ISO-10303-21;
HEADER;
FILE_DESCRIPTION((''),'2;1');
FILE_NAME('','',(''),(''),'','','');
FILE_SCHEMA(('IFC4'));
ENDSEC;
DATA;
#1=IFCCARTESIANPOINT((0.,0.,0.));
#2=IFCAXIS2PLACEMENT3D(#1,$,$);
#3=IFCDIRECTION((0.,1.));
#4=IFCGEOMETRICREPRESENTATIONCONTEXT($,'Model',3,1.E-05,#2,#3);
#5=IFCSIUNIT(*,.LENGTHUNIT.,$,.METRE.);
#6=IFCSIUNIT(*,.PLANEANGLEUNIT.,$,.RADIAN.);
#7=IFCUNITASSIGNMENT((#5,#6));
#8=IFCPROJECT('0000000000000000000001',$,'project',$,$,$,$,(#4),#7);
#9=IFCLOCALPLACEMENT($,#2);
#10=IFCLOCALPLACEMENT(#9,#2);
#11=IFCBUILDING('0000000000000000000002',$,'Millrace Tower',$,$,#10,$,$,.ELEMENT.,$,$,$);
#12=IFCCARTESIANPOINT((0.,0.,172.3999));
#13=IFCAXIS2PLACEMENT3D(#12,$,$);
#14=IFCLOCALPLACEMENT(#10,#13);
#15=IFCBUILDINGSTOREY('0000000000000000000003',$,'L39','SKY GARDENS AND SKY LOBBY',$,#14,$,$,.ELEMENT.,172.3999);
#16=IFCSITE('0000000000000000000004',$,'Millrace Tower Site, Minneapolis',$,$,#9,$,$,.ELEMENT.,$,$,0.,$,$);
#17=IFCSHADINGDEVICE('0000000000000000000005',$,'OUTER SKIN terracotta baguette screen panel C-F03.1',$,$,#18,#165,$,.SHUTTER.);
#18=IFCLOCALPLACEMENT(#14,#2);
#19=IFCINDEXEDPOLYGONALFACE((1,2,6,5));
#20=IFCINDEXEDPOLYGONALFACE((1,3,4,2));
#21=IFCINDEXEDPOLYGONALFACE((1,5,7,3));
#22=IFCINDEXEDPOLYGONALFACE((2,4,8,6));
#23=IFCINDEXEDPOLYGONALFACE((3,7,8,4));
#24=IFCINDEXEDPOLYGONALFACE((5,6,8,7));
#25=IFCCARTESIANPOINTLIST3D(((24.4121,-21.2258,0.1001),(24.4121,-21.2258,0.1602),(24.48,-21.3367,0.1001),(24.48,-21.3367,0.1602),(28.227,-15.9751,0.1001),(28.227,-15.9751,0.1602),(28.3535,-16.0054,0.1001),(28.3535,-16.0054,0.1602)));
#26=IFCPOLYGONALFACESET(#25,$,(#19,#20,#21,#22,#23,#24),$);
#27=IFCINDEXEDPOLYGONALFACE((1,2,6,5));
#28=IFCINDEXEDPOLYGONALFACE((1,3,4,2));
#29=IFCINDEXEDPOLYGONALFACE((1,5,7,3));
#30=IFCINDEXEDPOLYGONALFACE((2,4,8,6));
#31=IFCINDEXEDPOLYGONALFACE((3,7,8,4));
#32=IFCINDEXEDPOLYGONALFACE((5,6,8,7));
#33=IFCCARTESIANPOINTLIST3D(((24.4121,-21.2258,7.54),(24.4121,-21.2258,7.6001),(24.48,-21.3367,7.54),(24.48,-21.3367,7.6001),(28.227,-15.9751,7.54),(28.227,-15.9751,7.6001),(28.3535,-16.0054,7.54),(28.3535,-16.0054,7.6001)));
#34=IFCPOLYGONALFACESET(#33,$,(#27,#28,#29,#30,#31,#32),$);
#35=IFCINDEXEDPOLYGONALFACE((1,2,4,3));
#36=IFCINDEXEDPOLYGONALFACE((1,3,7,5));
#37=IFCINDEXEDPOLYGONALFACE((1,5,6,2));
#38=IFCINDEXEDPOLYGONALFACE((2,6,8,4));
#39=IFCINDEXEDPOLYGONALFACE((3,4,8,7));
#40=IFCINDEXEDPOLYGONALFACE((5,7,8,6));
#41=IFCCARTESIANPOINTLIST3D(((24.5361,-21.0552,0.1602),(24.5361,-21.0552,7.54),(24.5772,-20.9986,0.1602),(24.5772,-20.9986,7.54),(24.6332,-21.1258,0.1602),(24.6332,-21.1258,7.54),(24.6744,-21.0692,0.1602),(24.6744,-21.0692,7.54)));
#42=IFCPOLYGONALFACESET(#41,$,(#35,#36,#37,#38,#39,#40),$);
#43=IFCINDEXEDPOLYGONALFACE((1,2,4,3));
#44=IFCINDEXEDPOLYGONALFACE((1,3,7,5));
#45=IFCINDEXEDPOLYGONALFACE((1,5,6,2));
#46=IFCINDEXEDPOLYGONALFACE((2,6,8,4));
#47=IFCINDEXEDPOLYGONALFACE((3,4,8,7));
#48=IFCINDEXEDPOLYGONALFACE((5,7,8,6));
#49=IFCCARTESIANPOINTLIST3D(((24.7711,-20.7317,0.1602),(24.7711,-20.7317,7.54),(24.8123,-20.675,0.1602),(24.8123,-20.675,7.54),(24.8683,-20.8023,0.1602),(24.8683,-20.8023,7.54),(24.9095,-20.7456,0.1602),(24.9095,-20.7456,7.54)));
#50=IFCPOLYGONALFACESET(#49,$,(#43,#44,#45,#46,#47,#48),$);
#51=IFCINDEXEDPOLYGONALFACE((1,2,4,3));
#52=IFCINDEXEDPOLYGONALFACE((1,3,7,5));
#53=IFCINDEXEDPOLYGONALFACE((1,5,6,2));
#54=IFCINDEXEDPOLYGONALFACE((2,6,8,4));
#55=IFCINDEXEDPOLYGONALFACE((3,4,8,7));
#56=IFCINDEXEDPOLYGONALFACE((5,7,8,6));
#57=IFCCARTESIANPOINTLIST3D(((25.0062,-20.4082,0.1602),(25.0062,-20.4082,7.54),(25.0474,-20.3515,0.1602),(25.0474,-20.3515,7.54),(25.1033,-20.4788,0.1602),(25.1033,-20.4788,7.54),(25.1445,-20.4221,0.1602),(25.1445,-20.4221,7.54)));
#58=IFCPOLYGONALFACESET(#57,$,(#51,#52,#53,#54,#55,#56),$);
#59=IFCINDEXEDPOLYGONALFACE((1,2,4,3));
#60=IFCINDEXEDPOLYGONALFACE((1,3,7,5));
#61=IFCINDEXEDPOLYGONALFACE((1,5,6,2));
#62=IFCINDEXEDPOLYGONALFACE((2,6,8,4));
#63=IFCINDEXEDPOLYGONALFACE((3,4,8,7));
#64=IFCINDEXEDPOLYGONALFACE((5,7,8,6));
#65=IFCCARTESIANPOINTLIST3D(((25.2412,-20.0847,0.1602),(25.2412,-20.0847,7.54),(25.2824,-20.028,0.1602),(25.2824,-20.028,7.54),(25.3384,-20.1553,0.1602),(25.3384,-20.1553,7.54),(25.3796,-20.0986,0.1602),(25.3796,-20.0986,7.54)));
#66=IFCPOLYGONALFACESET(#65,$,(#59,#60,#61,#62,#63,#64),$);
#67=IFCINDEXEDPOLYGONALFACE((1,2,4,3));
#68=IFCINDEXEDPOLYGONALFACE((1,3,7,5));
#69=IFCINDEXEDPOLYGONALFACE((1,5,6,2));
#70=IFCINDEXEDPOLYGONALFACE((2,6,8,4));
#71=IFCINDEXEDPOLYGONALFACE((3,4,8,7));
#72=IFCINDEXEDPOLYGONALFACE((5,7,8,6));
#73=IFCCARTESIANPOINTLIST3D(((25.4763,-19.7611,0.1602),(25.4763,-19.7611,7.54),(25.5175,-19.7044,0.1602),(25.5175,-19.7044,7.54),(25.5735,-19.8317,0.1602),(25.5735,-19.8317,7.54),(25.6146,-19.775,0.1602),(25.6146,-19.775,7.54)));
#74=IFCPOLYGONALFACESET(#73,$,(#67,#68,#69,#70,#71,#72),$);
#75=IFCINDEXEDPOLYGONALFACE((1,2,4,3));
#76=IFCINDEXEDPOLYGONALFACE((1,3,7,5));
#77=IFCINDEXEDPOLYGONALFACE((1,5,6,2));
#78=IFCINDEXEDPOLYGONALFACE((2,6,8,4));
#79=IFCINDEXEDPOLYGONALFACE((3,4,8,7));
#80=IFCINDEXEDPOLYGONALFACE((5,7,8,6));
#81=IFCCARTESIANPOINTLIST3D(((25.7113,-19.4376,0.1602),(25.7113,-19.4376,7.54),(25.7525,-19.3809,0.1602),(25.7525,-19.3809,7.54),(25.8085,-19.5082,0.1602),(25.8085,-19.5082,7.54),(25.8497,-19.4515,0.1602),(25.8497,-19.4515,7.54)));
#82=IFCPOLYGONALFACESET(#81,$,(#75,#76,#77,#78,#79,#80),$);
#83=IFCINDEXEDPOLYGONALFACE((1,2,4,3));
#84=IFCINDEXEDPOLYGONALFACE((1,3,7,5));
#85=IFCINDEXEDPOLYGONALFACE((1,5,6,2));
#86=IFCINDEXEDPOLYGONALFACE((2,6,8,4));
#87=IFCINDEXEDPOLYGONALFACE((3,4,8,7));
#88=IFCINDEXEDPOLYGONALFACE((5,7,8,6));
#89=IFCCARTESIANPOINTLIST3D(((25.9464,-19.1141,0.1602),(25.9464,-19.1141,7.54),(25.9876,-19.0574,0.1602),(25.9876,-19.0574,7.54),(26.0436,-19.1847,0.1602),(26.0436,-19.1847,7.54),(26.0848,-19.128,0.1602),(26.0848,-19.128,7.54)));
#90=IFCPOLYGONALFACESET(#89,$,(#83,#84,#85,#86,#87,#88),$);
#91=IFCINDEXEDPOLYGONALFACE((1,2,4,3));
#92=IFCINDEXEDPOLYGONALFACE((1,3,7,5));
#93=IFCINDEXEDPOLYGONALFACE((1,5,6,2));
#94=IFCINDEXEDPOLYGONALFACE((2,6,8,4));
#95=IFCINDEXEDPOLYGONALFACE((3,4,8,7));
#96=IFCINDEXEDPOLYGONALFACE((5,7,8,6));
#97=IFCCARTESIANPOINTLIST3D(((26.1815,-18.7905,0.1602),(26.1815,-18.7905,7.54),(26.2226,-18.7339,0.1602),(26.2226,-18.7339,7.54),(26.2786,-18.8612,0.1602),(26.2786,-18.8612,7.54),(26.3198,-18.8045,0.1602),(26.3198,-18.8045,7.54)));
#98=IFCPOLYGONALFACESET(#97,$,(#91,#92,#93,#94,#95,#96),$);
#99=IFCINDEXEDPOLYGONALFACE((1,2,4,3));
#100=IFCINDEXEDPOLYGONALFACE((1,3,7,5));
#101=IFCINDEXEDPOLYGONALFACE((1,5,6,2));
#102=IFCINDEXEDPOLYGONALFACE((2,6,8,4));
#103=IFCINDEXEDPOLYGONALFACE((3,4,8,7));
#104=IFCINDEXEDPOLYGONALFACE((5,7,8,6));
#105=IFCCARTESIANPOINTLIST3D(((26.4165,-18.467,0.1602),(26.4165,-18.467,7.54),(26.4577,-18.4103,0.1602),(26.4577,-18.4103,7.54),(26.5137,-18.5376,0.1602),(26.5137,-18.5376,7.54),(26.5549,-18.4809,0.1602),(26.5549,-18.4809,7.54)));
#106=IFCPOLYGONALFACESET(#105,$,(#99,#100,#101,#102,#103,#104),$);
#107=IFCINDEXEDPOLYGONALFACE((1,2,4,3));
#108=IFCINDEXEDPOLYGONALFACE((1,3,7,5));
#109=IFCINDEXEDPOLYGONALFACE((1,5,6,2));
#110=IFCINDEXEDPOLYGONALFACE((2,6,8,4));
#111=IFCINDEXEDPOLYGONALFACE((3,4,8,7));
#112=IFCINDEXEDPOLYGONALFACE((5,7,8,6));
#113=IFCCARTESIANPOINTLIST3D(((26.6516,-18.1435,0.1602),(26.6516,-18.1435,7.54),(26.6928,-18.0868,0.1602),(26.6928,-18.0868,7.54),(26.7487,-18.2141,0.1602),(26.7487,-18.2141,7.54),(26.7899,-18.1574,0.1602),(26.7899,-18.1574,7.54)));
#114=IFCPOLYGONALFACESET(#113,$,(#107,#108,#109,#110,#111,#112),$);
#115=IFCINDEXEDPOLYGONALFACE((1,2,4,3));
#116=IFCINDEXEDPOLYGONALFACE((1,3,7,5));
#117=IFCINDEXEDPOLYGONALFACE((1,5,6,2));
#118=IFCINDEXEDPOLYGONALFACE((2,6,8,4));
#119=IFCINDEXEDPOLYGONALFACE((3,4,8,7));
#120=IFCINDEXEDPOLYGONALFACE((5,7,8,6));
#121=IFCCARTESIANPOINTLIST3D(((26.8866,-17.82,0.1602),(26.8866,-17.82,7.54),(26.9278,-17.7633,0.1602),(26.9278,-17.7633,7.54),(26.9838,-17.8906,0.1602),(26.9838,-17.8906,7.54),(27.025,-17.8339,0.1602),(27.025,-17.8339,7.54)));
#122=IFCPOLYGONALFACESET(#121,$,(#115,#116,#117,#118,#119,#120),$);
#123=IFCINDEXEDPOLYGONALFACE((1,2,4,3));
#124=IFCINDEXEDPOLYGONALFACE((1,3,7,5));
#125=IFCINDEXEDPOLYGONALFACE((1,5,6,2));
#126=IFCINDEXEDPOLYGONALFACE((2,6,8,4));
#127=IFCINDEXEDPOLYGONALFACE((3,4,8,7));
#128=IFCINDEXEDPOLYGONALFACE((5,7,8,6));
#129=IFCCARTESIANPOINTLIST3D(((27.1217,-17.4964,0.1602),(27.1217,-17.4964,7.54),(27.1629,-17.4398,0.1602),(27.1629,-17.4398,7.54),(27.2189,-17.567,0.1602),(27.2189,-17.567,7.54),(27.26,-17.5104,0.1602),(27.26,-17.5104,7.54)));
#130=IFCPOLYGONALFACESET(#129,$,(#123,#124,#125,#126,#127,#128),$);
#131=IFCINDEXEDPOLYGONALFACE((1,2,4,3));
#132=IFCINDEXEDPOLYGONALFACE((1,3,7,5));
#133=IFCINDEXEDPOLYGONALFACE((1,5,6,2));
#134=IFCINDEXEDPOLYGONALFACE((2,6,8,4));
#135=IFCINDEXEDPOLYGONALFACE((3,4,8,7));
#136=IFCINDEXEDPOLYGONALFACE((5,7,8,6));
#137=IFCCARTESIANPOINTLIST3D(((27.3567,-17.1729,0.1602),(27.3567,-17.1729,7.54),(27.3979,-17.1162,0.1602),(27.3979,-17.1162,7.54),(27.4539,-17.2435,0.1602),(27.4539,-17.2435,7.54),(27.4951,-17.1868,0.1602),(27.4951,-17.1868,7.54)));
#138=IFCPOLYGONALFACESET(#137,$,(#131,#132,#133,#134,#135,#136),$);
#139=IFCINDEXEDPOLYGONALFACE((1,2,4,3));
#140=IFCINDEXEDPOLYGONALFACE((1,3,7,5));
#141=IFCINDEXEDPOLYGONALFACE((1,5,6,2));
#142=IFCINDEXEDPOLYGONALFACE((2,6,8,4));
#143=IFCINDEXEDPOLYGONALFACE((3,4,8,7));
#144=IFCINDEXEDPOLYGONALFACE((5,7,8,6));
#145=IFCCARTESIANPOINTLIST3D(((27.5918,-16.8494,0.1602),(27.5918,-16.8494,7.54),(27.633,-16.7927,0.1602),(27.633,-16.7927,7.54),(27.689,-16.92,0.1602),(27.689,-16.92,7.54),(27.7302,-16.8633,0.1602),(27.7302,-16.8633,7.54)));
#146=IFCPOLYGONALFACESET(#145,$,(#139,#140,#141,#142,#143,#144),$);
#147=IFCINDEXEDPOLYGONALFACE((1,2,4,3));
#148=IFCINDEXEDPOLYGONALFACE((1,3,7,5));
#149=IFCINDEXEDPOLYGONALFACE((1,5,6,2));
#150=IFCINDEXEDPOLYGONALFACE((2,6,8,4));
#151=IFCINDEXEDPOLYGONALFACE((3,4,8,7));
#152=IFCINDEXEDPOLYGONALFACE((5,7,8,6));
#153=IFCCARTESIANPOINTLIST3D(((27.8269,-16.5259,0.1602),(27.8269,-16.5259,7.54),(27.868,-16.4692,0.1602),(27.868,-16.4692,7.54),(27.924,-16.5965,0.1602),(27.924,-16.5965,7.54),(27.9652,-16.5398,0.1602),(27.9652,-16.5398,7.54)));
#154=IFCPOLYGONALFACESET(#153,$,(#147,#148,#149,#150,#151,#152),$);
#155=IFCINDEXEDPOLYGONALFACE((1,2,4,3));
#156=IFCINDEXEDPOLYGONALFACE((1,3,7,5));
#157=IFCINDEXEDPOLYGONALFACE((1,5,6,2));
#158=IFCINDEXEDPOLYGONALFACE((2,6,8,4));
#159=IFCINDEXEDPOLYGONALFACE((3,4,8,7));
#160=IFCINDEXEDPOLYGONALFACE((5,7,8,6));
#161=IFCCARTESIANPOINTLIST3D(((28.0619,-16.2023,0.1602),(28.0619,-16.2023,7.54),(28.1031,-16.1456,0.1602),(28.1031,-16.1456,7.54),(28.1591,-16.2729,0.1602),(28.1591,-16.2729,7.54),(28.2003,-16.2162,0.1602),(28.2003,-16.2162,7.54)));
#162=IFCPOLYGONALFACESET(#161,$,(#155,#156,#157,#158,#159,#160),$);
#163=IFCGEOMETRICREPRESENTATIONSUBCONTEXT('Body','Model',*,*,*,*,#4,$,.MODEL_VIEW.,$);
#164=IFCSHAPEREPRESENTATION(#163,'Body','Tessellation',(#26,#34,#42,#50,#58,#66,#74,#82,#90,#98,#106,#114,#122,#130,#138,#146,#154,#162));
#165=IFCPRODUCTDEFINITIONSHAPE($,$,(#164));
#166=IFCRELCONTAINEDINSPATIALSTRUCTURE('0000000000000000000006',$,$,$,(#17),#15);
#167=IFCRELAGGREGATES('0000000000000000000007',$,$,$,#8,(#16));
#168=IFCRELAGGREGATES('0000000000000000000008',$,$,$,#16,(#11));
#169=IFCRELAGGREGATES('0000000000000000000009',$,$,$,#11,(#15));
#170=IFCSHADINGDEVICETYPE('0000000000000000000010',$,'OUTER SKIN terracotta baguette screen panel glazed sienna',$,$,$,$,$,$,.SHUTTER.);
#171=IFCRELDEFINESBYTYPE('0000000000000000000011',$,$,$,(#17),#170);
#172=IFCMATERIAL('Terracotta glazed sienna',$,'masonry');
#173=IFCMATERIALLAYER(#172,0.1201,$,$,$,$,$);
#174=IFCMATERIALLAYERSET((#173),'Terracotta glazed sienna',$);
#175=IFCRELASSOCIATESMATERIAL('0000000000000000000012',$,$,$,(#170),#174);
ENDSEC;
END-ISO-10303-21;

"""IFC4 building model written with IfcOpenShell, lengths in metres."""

from ifc_helpers import new_model, entity, si_unit, direction, frame, frame_2d, origin, place, context, subcontext, project, spatial, rectangle, extrude, source, transform, mapped, material, layer, layer_set, type_object, element, save


model = new_model("IFC4")

# Units and contexts
model_context = context("Model", 3, precision=1e-05, world=origin(), true_north=direction((0.0, 1.0)))
body_context = subcontext(model_context, "Body", "Model", "MODEL_VIEW")
ifc_project = project(units=[si_unit("LENGTHUNIT", "METRE"), si_unit("PLANEANGLEUNIT", "RADIAN")], contexts=[model_context])

# Site, building, storey
site_placement = place(None, origin())
site = spatial("IfcSite", under=ifc_project, at=site_placement, Name="Millrace Tower Site, Minneapolis", CompositionType="ELEMENT", RefElevation=0.0)
building_placement = place(site_placement, origin())
building = spatial("IfcBuilding", under=site, at=building_placement, Name="Millrace Tower", CompositionType="ELEMENT")
storey_placement = place(building_placement, frame((0.0, 0.0, 172.3999)))
storey = spatial("IfcBuildingStorey", under=building, at=storey_placement, Name="L39", Description="SKY GARDENS AND SKY LOBBY", CompositionType="ELEMENT", Elevation=172.3999)

# Shading device
ifc_material_1 = material(Name="Terracotta glazed sienna", Category="masonry")
ifc_layer_1 = layer(ifc_material_1, 0.1201)
ifc_layer_set_1 = layer_set([ifc_layer_1], Name="Terracotta glazed sienna")
shading_device_type = type_object("IfcShadingDeviceType", Name="OUTER SKIN terracotta baguette screen panel glazed sienna", PredefinedType="SHUTTER", material=ifc_layer_set_1)
cartesian_point_1 = entity("IfcCartesianPoint", [-3.2451, 0.0601])
shared_polyline_1 = entity("IfcPolyline", [cartesian_point_1, entity("IfcCartesianPoint", [3.2451, 0.0601]), entity("IfcCartesianPoint", [3.2949, -0.0601]), entity("IfcCartesianPoint", [-3.2949, -0.0601]), cartesian_point_1])
shared_shape_1 = source(origin(), body_context, "Body", "SweptSolid", [
    entity("IfcExtrudedAreaSolid", entity("IfcArbitraryClosedProfileDef", "AREA", None, shared_polyline_1), entity("IfcAxis2Placement3D", entity("IfcCartesianPoint", [0.0, 0.0, 0.0])), entity("IfcDirection", [0.0, 0.0, 1.0]), 0.0601),
    entity("IfcExtrudedAreaSolid", entity("IfcArbitraryClosedProfileDef", "AREA", None, shared_polyline_1), entity("IfcAxis2Placement3D", entity("IfcCartesianPoint", [0.0, 0.0, 7.4399])), entity("IfcDirection", [0.0, 0.0, 1.0]), 0.0601),
    extrude(rectangle(XDim=0.0701, YDim=0.1201, at=frame_2d((-2.9993, 0.0))), frame((0.0, 0.0, 0.0601)), (0.0, 0.0, 1.0), 7.3799),
    extrude(rectangle(XDim=0.0701, YDim=0.1201, at=frame_2d((-2.5994, 0.0))), frame((0.0, 0.0, 0.0601)), (0.0, 0.0, 1.0), 7.3799),
    extrude(rectangle(XDim=0.0701, YDim=0.1201, at=frame_2d((-2.1995, 0.0))), frame((0.0, 0.0, 0.0601)), (0.0, 0.0, 1.0), 7.3799),
    extrude(rectangle(XDim=0.0701, YDim=0.1201, at=frame_2d((-1.7996, 0.0))), frame((0.0, 0.0, 0.0601)), (0.0, 0.0, 1.0), 7.3799),
    extrude(rectangle(XDim=0.0701, YDim=0.1201, at=frame_2d((-1.3997, 0.0))), frame((0.0, 0.0, 0.0601)), (0.0, 0.0, 1.0), 7.3799),
    extrude(rectangle(XDim=0.0701, YDim=0.1201, at=frame_2d((-0.9998, 0.0))), frame((0.0, 0.0, 0.0601)), (0.0, 0.0, 1.0), 7.3799),
    extrude(rectangle(XDim=0.0701, YDim=0.1201, at=frame_2d((-0.5999, 0.0))), frame((0.0, 0.0, 0.0601)), (0.0, 0.0, 1.0), 7.3799),
    extrude(rectangle(XDim=0.0701, YDim=0.1201, at=frame_2d((-0.2, 0.0))), frame((0.0, 0.0, 0.0601)), (0.0, 0.0, 1.0), 7.3799),
    extrude(rectangle(XDim=0.0701, YDim=0.1201, at=frame_2d((0.2, 0.0))), frame((0.0, 0.0, 0.0601)), (0.0, 0.0, 1.0), 7.3799),
    extrude(rectangle(XDim=0.0701, YDim=0.1201, at=frame_2d((0.5999, 0.0))), frame((0.0, 0.0, 0.0601)), (0.0, 0.0, 1.0), 7.3799),
    extrude(rectangle(XDim=0.0701, YDim=0.1201, at=frame_2d((0.9998, 0.0))), frame((0.0, 0.0, 0.0601)), (0.0, 0.0, 1.0), 7.3799),
    extrude(rectangle(XDim=0.0701, YDim=0.1201, at=frame_2d((1.3997, 0.0))), frame((0.0, 0.0, 0.0601)), (0.0, 0.0, 1.0), 7.3799),
    extrude(rectangle(XDim=0.0701, YDim=0.1201, at=frame_2d((1.7996, 0.0))), frame((0.0, 0.0, 0.0601)), (0.0, 0.0, 1.0), 7.3799),
    extrude(rectangle(XDim=0.0701, YDim=0.1201, at=frame_2d((2.1995, 0.0))), frame((0.0, 0.0, 0.0601)), (0.0, 0.0, 1.0), 7.3799),
    extrude(rectangle(XDim=0.0701, YDim=0.1201, at=frame_2d((2.5994, 0.0))), frame((0.0, 0.0, 0.0601)), (0.0, 0.0, 1.0), 7.3799),
    extrude(rectangle(XDim=0.0701, YDim=0.1201, at=frame_2d((2.9993, 0.0))), frame((0.0, 0.0, 0.0601)), (0.0, 0.0, 1.0), 7.3799),
])
shading_device_1_placement = place(storey_placement, frame((26.3682, -18.6357, 0.1001), z_axis=(0.0, 0.0, 1.0), x_axis=(0.587785, 0.809017, 0.0)))
element("IfcShadingDevice", 1, at=shading_device_1_placement, inside=storey, type_object=shading_device_type, Name="OUTER SKIN terracotta baguette screen panel C-F03.1", PredefinedType="SHUTTER", context=body_context, shape_type="MappedRepresentation", body=[
    mapped(shared_shape_1, transform((0.0, 0.0, 0.0), scale=1.0)),
])

save(model, "model.ifc")
